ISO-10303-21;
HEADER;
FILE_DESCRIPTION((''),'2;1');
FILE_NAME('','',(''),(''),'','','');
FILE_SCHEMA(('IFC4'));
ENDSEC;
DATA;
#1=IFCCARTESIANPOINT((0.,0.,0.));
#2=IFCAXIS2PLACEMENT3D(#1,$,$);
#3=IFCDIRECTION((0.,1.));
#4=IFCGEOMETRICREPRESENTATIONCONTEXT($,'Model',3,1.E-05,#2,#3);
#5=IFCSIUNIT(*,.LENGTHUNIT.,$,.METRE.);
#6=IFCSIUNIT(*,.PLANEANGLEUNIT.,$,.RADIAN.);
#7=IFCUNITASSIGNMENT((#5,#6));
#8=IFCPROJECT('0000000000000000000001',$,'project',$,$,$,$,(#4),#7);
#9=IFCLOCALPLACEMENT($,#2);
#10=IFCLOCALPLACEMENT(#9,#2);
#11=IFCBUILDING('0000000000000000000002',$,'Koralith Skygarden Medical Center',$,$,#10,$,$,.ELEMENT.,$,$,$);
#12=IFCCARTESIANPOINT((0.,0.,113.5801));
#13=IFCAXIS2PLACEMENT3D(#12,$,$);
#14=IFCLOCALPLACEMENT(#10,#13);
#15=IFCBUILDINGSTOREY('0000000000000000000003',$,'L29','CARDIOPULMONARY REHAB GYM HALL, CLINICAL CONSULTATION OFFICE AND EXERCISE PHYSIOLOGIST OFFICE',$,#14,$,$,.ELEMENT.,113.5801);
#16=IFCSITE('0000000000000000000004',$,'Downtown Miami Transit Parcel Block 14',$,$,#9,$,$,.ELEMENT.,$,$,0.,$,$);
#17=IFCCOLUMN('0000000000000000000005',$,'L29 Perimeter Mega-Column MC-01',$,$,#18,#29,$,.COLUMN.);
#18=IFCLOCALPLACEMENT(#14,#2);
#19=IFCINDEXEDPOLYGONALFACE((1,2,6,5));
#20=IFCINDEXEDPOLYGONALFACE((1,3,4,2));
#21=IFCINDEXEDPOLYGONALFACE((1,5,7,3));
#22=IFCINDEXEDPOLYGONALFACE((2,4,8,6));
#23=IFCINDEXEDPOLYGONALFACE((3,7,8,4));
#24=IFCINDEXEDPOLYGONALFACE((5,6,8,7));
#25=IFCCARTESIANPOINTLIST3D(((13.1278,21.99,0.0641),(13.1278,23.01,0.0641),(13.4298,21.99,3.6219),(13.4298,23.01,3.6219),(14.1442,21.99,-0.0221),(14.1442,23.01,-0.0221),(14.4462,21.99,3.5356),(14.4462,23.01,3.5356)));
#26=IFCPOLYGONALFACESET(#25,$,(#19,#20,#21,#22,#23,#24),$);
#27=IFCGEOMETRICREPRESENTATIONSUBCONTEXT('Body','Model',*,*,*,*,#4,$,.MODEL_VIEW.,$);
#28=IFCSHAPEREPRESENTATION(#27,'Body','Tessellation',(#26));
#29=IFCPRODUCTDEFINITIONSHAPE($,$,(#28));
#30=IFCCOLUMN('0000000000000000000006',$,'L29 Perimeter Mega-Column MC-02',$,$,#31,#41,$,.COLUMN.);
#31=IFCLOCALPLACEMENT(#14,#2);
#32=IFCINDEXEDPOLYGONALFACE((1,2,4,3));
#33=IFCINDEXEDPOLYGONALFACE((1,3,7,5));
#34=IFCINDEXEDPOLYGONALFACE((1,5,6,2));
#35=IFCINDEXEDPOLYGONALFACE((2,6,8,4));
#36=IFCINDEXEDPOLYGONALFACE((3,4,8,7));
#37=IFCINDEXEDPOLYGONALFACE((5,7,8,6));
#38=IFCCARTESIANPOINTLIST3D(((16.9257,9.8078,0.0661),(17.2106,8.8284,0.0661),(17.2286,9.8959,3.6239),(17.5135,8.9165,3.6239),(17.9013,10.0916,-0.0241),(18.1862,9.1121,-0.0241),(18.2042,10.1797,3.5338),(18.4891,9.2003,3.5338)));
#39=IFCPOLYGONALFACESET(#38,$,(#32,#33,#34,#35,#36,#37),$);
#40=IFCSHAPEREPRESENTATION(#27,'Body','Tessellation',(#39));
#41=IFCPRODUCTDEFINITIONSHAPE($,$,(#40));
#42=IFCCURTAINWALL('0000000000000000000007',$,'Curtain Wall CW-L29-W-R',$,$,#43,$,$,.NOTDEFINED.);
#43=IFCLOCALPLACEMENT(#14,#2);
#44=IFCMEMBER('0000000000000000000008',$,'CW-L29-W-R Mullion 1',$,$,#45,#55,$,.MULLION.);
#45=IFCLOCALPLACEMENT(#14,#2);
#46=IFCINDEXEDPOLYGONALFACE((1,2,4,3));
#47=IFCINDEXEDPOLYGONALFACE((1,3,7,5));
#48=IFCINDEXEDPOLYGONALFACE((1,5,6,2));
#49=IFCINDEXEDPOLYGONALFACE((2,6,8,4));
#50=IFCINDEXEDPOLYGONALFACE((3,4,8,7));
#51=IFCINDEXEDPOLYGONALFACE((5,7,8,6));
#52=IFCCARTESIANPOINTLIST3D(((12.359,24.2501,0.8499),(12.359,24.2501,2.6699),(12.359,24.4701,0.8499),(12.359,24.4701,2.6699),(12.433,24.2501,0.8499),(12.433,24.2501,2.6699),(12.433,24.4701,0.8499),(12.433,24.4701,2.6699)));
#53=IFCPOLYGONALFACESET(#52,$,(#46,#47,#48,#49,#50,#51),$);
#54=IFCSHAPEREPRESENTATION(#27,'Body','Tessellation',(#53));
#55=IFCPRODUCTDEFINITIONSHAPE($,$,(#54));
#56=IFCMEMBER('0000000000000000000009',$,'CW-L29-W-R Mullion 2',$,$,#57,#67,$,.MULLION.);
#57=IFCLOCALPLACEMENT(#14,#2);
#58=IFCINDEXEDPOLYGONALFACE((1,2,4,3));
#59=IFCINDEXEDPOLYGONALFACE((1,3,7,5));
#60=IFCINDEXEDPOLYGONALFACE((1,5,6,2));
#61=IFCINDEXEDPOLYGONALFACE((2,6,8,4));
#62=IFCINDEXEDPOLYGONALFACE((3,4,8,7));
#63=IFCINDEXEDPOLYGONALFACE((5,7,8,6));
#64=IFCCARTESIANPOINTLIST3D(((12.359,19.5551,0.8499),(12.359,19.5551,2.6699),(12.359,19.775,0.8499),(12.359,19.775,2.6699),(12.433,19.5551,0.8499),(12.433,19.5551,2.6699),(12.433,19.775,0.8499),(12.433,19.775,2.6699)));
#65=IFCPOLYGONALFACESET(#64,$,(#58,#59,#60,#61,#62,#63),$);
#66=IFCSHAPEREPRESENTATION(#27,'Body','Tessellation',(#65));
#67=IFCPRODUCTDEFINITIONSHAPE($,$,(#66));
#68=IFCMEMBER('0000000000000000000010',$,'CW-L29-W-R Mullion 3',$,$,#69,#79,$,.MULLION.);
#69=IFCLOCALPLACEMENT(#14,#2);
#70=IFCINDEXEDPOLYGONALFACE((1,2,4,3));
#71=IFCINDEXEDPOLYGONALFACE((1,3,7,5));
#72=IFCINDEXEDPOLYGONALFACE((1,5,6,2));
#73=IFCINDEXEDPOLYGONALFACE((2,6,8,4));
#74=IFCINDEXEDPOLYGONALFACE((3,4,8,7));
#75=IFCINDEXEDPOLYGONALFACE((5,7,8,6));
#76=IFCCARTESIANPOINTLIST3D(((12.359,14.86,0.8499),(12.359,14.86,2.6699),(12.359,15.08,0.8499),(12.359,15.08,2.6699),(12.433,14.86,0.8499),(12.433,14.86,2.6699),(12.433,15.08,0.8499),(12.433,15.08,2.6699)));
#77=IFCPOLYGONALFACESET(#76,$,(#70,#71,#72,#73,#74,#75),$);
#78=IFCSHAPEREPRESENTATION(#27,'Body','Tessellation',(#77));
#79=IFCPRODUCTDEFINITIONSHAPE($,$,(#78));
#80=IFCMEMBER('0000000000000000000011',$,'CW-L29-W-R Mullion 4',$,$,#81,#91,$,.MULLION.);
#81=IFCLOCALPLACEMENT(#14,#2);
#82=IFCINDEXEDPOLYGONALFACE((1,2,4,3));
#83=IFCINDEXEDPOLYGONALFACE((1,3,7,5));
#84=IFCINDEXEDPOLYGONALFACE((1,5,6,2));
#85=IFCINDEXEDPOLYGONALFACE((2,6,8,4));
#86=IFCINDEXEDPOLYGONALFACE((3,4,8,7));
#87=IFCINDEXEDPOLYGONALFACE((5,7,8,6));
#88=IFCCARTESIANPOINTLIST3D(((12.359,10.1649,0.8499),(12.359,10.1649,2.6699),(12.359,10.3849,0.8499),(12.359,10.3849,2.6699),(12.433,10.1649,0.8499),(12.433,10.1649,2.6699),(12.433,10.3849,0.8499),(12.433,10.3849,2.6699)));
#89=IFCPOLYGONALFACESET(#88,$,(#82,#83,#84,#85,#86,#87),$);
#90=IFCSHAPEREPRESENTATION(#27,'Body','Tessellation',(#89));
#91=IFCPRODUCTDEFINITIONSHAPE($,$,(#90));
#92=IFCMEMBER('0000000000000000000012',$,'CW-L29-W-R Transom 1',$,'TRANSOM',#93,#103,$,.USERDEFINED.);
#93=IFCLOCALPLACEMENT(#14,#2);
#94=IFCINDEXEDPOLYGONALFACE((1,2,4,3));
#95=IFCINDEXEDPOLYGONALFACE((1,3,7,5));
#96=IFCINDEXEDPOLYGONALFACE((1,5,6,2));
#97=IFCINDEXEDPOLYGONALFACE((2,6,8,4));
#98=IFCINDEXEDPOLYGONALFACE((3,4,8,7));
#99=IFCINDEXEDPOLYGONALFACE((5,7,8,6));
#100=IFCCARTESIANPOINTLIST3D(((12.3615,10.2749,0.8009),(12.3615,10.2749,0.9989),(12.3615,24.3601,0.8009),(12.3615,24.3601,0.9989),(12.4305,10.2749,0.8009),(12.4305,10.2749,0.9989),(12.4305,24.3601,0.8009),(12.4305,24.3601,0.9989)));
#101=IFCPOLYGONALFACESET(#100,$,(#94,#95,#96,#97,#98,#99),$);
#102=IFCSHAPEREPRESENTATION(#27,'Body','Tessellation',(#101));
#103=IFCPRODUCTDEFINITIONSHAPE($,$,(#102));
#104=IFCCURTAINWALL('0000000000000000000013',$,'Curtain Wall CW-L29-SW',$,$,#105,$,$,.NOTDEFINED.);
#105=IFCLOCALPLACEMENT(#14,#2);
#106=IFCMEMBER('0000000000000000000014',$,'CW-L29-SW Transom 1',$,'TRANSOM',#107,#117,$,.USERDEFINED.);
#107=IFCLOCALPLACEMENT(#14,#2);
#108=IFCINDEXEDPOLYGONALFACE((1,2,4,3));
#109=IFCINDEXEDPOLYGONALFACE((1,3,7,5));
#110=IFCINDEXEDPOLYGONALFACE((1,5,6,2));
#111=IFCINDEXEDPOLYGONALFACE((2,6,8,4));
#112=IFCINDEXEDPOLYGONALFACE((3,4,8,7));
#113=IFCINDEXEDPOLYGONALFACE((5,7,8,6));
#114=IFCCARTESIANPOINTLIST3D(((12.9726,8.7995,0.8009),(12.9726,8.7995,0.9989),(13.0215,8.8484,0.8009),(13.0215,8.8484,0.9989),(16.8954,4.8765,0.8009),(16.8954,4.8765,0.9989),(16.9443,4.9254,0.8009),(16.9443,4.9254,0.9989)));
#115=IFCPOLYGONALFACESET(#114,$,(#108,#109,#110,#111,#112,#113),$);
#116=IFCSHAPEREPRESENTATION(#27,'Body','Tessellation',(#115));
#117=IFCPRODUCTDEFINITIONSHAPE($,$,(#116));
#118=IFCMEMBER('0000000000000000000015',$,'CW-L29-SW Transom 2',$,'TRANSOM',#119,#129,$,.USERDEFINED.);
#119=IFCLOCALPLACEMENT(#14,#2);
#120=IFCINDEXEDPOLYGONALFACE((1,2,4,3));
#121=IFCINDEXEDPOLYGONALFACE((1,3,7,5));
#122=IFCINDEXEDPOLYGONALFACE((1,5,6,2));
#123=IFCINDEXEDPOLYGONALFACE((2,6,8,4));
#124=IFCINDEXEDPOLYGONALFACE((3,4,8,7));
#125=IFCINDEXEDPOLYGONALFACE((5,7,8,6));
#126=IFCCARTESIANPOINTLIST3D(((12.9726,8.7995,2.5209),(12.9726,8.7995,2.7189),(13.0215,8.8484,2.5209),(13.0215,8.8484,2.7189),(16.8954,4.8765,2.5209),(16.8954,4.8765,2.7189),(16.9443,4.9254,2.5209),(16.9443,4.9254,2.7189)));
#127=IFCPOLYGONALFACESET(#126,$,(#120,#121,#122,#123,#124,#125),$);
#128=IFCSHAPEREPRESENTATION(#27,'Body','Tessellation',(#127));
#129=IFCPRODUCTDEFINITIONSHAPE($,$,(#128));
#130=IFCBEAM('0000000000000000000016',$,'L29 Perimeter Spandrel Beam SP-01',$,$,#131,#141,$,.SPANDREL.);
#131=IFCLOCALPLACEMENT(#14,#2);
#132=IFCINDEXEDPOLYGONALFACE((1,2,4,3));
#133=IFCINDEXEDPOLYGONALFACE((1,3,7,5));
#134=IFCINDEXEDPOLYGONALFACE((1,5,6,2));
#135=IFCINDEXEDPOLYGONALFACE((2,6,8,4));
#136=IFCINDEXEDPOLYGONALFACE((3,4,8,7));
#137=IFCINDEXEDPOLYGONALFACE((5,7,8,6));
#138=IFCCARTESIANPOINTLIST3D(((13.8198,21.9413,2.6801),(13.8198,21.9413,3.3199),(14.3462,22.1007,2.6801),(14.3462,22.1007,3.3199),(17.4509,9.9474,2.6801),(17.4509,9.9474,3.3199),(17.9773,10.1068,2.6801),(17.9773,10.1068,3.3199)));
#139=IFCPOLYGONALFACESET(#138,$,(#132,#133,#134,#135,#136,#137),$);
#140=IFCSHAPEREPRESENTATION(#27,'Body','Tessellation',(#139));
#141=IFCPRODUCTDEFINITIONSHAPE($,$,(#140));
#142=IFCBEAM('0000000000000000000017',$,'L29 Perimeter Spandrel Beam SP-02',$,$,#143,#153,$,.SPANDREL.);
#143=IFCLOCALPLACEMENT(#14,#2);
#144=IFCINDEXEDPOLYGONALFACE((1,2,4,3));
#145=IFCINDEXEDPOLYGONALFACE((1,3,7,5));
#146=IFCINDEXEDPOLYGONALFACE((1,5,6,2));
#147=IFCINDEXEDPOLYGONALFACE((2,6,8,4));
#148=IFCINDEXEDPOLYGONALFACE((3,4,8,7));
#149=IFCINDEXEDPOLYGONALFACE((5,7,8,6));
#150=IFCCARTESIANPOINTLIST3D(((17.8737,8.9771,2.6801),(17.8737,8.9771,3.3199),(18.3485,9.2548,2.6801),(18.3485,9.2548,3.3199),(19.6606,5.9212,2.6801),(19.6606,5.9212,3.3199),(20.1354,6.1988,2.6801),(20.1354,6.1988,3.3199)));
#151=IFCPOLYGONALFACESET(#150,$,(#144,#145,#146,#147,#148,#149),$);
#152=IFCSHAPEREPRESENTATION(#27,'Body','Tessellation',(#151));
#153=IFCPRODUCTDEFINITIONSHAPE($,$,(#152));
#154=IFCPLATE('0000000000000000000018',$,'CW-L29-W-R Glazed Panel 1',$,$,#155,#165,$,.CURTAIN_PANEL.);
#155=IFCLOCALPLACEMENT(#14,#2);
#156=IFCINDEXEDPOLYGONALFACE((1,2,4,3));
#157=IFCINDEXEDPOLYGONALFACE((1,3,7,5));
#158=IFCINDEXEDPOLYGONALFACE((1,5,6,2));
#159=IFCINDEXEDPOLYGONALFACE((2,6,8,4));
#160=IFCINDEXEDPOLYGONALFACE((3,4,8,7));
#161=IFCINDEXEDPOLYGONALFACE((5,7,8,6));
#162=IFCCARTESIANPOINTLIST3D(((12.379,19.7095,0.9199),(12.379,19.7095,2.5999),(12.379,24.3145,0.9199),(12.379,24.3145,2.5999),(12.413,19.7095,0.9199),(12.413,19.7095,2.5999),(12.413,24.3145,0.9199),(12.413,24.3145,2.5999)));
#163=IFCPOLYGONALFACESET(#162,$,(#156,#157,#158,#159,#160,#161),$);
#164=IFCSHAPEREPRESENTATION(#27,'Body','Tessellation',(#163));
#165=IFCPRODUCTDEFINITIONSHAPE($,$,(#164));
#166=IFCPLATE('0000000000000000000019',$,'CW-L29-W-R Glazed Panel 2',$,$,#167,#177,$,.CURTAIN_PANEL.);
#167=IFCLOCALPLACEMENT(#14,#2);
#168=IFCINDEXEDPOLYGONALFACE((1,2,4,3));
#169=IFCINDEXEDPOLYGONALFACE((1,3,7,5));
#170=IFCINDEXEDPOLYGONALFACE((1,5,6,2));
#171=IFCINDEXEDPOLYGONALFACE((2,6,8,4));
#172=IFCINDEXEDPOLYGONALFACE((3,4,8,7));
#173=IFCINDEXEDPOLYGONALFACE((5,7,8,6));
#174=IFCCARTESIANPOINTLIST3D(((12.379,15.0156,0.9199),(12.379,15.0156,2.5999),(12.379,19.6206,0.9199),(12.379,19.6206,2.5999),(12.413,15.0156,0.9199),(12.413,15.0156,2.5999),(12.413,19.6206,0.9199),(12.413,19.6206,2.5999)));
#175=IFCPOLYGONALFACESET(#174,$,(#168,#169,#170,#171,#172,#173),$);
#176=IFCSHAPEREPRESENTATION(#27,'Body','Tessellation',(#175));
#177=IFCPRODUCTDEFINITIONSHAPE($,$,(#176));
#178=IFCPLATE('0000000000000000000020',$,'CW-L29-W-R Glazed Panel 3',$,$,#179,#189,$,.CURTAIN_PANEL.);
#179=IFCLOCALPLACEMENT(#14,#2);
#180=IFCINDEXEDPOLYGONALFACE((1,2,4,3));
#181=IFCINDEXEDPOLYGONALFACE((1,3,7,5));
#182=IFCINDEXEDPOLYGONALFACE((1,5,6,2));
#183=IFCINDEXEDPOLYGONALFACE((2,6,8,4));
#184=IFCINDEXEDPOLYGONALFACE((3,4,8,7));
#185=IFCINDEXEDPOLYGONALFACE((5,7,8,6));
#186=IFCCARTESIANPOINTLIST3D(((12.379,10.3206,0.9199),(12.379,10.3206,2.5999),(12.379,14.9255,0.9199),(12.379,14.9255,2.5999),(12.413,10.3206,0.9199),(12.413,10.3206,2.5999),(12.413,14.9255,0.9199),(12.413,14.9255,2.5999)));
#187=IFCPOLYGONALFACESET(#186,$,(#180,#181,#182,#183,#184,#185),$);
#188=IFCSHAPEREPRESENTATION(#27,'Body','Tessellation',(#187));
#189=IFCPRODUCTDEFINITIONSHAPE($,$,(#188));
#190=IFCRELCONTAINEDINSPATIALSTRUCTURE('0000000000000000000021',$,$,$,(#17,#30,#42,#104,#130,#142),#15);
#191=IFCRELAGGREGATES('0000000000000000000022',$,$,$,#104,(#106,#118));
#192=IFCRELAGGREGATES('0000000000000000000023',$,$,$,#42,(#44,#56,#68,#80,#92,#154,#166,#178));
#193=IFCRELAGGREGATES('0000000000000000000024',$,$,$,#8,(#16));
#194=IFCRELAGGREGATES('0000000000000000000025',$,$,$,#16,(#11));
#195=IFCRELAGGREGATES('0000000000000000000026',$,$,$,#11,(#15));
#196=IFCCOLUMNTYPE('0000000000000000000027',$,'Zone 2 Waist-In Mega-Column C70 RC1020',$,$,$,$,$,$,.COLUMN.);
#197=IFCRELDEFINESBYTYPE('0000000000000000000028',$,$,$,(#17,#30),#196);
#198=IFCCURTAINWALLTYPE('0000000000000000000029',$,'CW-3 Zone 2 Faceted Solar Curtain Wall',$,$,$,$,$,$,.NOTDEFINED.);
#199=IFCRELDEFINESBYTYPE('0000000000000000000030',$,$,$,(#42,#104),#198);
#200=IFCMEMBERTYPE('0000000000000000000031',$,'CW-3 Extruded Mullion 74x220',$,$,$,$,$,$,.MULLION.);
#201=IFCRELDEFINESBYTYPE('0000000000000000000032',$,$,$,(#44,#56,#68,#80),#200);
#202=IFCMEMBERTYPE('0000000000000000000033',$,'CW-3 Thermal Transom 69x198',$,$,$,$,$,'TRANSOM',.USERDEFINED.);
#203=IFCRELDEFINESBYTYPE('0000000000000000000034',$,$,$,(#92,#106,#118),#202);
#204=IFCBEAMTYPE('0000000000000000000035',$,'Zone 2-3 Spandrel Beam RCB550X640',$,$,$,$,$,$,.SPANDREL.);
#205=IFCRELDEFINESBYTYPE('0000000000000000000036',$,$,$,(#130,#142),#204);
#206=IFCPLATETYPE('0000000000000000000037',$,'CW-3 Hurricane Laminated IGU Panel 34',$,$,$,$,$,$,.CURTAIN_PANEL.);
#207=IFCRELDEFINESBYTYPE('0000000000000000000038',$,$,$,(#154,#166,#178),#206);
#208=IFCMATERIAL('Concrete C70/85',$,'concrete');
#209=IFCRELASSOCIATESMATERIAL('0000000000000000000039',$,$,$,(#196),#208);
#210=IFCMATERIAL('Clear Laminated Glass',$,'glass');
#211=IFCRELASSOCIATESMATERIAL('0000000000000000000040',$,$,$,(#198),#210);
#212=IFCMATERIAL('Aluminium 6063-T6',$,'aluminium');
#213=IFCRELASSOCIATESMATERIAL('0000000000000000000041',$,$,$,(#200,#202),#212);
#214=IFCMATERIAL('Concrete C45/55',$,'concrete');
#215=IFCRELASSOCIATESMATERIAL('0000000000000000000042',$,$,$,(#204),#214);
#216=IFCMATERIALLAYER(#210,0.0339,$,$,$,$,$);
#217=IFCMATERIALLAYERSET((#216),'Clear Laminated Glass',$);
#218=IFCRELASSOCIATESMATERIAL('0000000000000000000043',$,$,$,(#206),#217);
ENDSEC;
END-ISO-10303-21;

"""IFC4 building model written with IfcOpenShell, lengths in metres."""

from ifc_helpers import new_model, si_unit, direction, frame, origin, origin_2d, place, context, subcontext, project, spatial, rectangle, extrude, material, layer, layer_set, material_profile, profile_set, type_object, element, aggregate, save


model = new_model("IFC4")

# Units and contexts
model_context = context("Model", 3, precision=1e-05, world=origin(), true_north=direction((0.0, 1.0)))
body_context = subcontext(model_context, "Body", "Model", "MODEL_VIEW")
ifc_project = project(units=[si_unit("LENGTHUNIT", "METRE"), si_unit("PLANEANGLEUNIT", "RADIAN")], contexts=[model_context])

# Site, building, storey
site_placement = place(None, origin())
site = spatial("IfcSite", under=ifc_project, at=site_placement, Name="Downtown Miami Transit Parcel Block 14", CompositionType="ELEMENT", RefElevation=0.0)
building_placement = place(site_placement, origin())
building = spatial("IfcBuilding", under=site, at=building_placement, Name="Koralith Skygarden Medical Center", CompositionType="ELEMENT")
storey_placement = place(building_placement, frame((0.0, 0.0, 113.5801)))
storey = spatial("IfcBuildingStorey", under=building, at=storey_placement, Name="L29", Description="CARDIOPULMONARY REHAB GYM HALL, CLINICAL CONSULTATION OFFICE AND EXERCISE PHYSIOLOGIST OFFICE", CompositionType="ELEMENT", Elevation=113.5801)

# Columns
ifc_material_1 = material(Name="Concrete C70/85", Category="concrete")
ifc_material_profile_1 = material_profile(ifc_material_1, rectangle(XDim=1.02, YDim=1.02, at=origin_2d()), Name="RC1020X1020")
ifc_profile_set_1 = profile_set([ifc_material_profile_1], Name="Concrete C70/85")
column_type = type_object("IfcColumnType", Name="Zone 2 Waist-In Mega-Column C70 RC1020", PredefinedType="COLUMN", material=ifc_profile_set_1)
column_1_placement = place(storey_placement, frame((13.636, 22.5, 0.021), z_axis=(0.084579, 0.0, 0.996417), x_axis=(0.0, 1.0, 0.0)))
element("IfcColumn", 1, at=column_1_placement, inside=storey, type_object=column_type, Name="L29 Perimeter Mega-Column MC-01", PredefinedType="COLUMN", context=body_context, shape_type="SweptSolid", body=[
    extrude(rectangle(XDim=1.02, YDim=1.02, at=origin_2d()), origin(), (0.0, 0.0, 1.0), 3.5706),
])
column_2_placement = place(storey_placement, frame((17.5559, 9.46, 0.021), z_axis=(0.084825, 0.024675, 0.99609), x_axis=(-0.279317, 0.960199, 0.0)))
element("IfcColumn", 2, at=column_2_placement, inside=storey, type_object=column_type, Name="L29 Perimeter Mega-Column MC-02", PredefinedType="COLUMN", context=body_context, shape_type="SweptSolid", body=[
    extrude(rectangle(XDim=1.02, YDim=1.02, at=origin_2d()), origin(), (0.0, 0.0, 1.0), 3.5718),
])

# Curtain walls, members
ifc_material_2 = material(Name="Clear Laminated Glass", Category="glass")
curtain_wall_type = type_object("IfcCurtainWallType", Name="CW-3 Zone 2 Faceted Solar Curtain Wall", PredefinedType="NOTDEFINED", material=ifc_material_2)
curtain_wall_1_placement = place(storey_placement, origin())
curtain_wall_1 = element("IfcCurtainWall", 3, at=curtain_wall_1_placement, inside=storey, type_object=curtain_wall_type, Name="Curtain Wall CW-L29-W-R", PredefinedType="NOTDEFINED")
ifc_material_3 = material(Name="Aluminium 6063-T6", Category="aluminium")
ifc_material_profile_2 = material_profile(ifc_material_3, rectangle(XDim=0.074, YDim=0.22, at=origin_2d()), Name="MUL74X220")
ifc_profile_set_2 = profile_set([ifc_material_profile_2], Name="Aluminium 6063-T6")
member_type_1 = type_object("IfcMemberType", Name="CW-3 Extruded Mullion 74x220", PredefinedType="MULLION", material=ifc_profile_set_2)
member_1_placement = place(storey_placement, frame((12.396, 24.3601, 0.8499), z_axis=(0.0, 0.0, 1.0), x_axis=(1.0, 0.0, 0.0)))
member_1 = element("IfcMember", 4, at=member_1_placement, type_object=member_type_1, Name="CW-L29-W-R Mullion 1", PredefinedType="MULLION", context=body_context, shape_type="SweptSolid", body=[
    extrude(rectangle(XDim=0.074, YDim=0.22, at=origin_2d()), origin(), (0.0, 0.0, 1.0), 1.8201),
])
member_2_placement = place(storey_placement, frame((12.396, 19.665, 0.8499), z_axis=(0.0, 0.0, 1.0), x_axis=(1.0, 0.0, 0.0)))
member_2 = element("IfcMember", 5, at=member_2_placement, type_object=member_type_1, Name="CW-L29-W-R Mullion 2", PredefinedType="MULLION", context=body_context, shape_type="SweptSolid", body=[
    extrude(rectangle(XDim=0.074, YDim=0.22, at=origin_2d()), origin(), (0.0, 0.0, 1.0), 1.8201),
])
member_3_placement = place(storey_placement, frame((12.396, 14.97, 0.8499), z_axis=(0.0, 0.0, 1.0), x_axis=(1.0, 0.0, 0.0)))
member_3 = element("IfcMember", 6, at=member_3_placement, type_object=member_type_1, Name="CW-L29-W-R Mullion 3", PredefinedType="MULLION", context=body_context, shape_type="SweptSolid", body=[
    extrude(rectangle(XDim=0.074, YDim=0.22, at=origin_2d()), origin(), (0.0, 0.0, 1.0), 1.8201),
])
member_4_placement = place(storey_placement, frame((12.396, 10.2749, 0.8499), z_axis=(0.0, 0.0, 1.0), x_axis=(1.0, 0.0, 0.0)))
member_4 = element("IfcMember", 7, at=member_4_placement, type_object=member_type_1, Name="CW-L29-W-R Mullion 4", PredefinedType="MULLION", context=body_context, shape_type="SweptSolid", body=[
    extrude(rectangle(XDim=0.074, YDim=0.22, at=origin_2d()), origin(), (0.0, 0.0, 1.0), 1.8201),
])
ifc_material_profile_3 = material_profile(ifc_material_3, rectangle(XDim=0.0691, YDim=0.198, at=origin_2d()), Name="TRN69X198")
ifc_profile_set_3 = profile_set([ifc_material_profile_3], Name="Aluminium 6063-T6")
member_type_2 = type_object("IfcMemberType", Name="CW-3 Thermal Transom 69x198", ElementType="TRANSOM", PredefinedType="USERDEFINED", material=ifc_profile_set_3)
member_5_placement = place(storey_placement, frame((12.396, 24.3601, 0.8999), z_axis=(0.0, -1.0, 0.0), x_axis=(1.0, 0.0, 0.0)))
member_5 = element("IfcMember", 8, at=member_5_placement, type_object=member_type_2, Name="CW-L29-W-R Transom 1", ObjectType="TRANSOM", PredefinedType="USERDEFINED", context=body_context, shape_type="SweptSolid", body=[
    extrude(rectangle(XDim=0.0691, YDim=0.198, at=origin_2d()), origin(), (0.0, 0.0, 1.0), 14.0852),
])
curtain_wall_2_placement = place(storey_placement, origin())
curtain_wall_2 = element("IfcCurtainWall", 9, at=curtain_wall_2_placement, inside=storey, type_object=curtain_wall_type, Name="Curtain Wall CW-L29-SW", PredefinedType="NOTDEFINED")
member_6_placement = place(storey_placement, frame((12.9971, 8.824, 0.8999), z_axis=(0.707085, -0.707129, 0.0), x_axis=(0.707129, 0.707085, 0.0)))
member_6 = element("IfcMember", 10, at=member_6_placement, type_object=member_type_2, Name="CW-L29-SW Transom 1", ObjectType="TRANSOM", PredefinedType="USERDEFINED", context=body_context, shape_type="SweptSolid", body=[
    extrude(rectangle(XDim=0.0691, YDim=0.198, at=origin_2d()), origin(), (0.0, 0.0, 1.0), 5.5479),
])
member_7_placement = place(storey_placement, frame((12.9971, 8.824, 2.6199), z_axis=(0.707085, -0.707129, 0.0), x_axis=(0.707129, 0.707085, 0.0)))
member_7 = element("IfcMember", 11, at=member_7_placement, type_object=member_type_2, Name="CW-L29-SW Transom 2", ObjectType="TRANSOM", PredefinedType="USERDEFINED", context=body_context, shape_type="SweptSolid", body=[
    extrude(rectangle(XDim=0.0691, YDim=0.198, at=origin_2d()), origin(), (0.0, 0.0, 1.0), 5.5479),
])
aggregate(curtain_wall_2, [member_6, member_7])

# Beams
ifc_material_4 = material(Name="Concrete C45/55", Category="concrete")
ifc_material_profile_4 = material_profile(ifc_material_4, rectangle(XDim=0.55, YDim=0.6399, at=origin_2d()), Name="RCB550X640")
ifc_profile_set_4 = profile_set([ifc_material_profile_4], Name="Concrete C45/55")
beam_type = type_object("IfcBeamType", Name="Zone 2-3 Spandrel Beam RCB550X640", PredefinedType="SPANDREL", material=ifc_profile_set_4)
beam_1_placement = place(storey_placement, frame((14.083, 22.021, 3.0), z_axis=(0.289758, -0.9571, 0.0), x_axis=(0.9571, 0.289758, 0.0)))
element("IfcBeam", 12, at=beam_1_placement, inside=storey, type_object=beam_type, Name="L29 Perimeter Spandrel Beam SP-01", PredefinedType="SPANDREL", context=body_context, shape_type="SweptSolid", body=[
    extrude(rectangle(XDim=0.55, YDim=0.6399, at=origin_2d()), origin(), (0.0, 0.0, 1.0), 12.5315),
])
beam_2_placement = place(storey_placement, frame((18.1111, 9.116, 3.0), z_axis=(0.504767, -0.863256, 0.0), x_axis=(0.863256, 0.504767, 0.0)))
element("IfcBeam", 13, at=beam_2_placement, inside=storey, type_object=beam_type, Name="L29 Perimeter Spandrel Beam SP-02", PredefinedType="SPANDREL", context=body_context, shape_type="SweptSolid", body=[
    extrude(rectangle(XDim=0.55, YDim=0.6399, at=origin_2d()), origin(), (0.0, 0.0, 1.0), 3.54),
])

# Plates
ifc_layer_1 = layer(ifc_material_2, 0.0339)
ifc_layer_set_1 = layer_set([ifc_layer_1], Name="Clear Laminated Glass")
plate_type_1 = type_object("IfcPlateType", Name="CW-3 Hurricane Laminated IGU Panel 34", PredefinedType="CURTAIN_PANEL", material=ifc_layer_set_1)
plate_1_placement = place(storey_placement, frame((12.396, 22.012, 0.9199), z_axis=(0.0, 0.0, 1.0), x_axis=(0.0, -1.0, 0.0)))
plate_1 = element("IfcPlate", 14, at=plate_1_placement, type_object=plate_type_1, Name="CW-L29-W-R Glazed Panel 1", PredefinedType="CURTAIN_PANEL", context=body_context, shape_type="SweptSolid", body=[
    extrude(rectangle(XDim=4.605, YDim=0.0339, at=origin_2d()), origin(), (0.0, 0.0, 1.0), 1.6799),
])
plate_2_placement = place(storey_placement, frame((12.396, 17.3181, 0.9199), z_axis=(0.0, 0.0, 1.0), x_axis=(0.0, -1.0, 0.0)))
plate_2 = element("IfcPlate", 15, at=plate_2_placement, type_object=plate_type_1, Name="CW-L29-W-R Glazed Panel 2", PredefinedType="CURTAIN_PANEL", context=body_context, shape_type="SweptSolid", body=[
    extrude(rectangle(XDim=4.605, YDim=0.0339, at=origin_2d()), origin(), (0.0, 0.0, 1.0), 1.6799),
])
plate_3_placement = place(storey_placement, frame((12.396, 12.623, 0.9199), z_axis=(0.0, 0.0, 1.0), x_axis=(0.0, -1.0, 0.0)))
plate_3 = element("IfcPlate", 16, at=plate_3_placement, type_object=plate_type_1, Name="CW-L29-W-R Glazed Panel 3", PredefinedType="CURTAIN_PANEL", context=body_context, shape_type="SweptSolid", body=[
    extrude(rectangle(XDim=4.605, YDim=0.0339, at=origin_2d()), origin(), (0.0, 0.0, 1.0), 1.6799),
])
aggregate(curtain_wall_1, [member_1, member_2, member_3, member_4, member_5, plate_1, plate_2, plate_3])

save(model, "model.ifc")
